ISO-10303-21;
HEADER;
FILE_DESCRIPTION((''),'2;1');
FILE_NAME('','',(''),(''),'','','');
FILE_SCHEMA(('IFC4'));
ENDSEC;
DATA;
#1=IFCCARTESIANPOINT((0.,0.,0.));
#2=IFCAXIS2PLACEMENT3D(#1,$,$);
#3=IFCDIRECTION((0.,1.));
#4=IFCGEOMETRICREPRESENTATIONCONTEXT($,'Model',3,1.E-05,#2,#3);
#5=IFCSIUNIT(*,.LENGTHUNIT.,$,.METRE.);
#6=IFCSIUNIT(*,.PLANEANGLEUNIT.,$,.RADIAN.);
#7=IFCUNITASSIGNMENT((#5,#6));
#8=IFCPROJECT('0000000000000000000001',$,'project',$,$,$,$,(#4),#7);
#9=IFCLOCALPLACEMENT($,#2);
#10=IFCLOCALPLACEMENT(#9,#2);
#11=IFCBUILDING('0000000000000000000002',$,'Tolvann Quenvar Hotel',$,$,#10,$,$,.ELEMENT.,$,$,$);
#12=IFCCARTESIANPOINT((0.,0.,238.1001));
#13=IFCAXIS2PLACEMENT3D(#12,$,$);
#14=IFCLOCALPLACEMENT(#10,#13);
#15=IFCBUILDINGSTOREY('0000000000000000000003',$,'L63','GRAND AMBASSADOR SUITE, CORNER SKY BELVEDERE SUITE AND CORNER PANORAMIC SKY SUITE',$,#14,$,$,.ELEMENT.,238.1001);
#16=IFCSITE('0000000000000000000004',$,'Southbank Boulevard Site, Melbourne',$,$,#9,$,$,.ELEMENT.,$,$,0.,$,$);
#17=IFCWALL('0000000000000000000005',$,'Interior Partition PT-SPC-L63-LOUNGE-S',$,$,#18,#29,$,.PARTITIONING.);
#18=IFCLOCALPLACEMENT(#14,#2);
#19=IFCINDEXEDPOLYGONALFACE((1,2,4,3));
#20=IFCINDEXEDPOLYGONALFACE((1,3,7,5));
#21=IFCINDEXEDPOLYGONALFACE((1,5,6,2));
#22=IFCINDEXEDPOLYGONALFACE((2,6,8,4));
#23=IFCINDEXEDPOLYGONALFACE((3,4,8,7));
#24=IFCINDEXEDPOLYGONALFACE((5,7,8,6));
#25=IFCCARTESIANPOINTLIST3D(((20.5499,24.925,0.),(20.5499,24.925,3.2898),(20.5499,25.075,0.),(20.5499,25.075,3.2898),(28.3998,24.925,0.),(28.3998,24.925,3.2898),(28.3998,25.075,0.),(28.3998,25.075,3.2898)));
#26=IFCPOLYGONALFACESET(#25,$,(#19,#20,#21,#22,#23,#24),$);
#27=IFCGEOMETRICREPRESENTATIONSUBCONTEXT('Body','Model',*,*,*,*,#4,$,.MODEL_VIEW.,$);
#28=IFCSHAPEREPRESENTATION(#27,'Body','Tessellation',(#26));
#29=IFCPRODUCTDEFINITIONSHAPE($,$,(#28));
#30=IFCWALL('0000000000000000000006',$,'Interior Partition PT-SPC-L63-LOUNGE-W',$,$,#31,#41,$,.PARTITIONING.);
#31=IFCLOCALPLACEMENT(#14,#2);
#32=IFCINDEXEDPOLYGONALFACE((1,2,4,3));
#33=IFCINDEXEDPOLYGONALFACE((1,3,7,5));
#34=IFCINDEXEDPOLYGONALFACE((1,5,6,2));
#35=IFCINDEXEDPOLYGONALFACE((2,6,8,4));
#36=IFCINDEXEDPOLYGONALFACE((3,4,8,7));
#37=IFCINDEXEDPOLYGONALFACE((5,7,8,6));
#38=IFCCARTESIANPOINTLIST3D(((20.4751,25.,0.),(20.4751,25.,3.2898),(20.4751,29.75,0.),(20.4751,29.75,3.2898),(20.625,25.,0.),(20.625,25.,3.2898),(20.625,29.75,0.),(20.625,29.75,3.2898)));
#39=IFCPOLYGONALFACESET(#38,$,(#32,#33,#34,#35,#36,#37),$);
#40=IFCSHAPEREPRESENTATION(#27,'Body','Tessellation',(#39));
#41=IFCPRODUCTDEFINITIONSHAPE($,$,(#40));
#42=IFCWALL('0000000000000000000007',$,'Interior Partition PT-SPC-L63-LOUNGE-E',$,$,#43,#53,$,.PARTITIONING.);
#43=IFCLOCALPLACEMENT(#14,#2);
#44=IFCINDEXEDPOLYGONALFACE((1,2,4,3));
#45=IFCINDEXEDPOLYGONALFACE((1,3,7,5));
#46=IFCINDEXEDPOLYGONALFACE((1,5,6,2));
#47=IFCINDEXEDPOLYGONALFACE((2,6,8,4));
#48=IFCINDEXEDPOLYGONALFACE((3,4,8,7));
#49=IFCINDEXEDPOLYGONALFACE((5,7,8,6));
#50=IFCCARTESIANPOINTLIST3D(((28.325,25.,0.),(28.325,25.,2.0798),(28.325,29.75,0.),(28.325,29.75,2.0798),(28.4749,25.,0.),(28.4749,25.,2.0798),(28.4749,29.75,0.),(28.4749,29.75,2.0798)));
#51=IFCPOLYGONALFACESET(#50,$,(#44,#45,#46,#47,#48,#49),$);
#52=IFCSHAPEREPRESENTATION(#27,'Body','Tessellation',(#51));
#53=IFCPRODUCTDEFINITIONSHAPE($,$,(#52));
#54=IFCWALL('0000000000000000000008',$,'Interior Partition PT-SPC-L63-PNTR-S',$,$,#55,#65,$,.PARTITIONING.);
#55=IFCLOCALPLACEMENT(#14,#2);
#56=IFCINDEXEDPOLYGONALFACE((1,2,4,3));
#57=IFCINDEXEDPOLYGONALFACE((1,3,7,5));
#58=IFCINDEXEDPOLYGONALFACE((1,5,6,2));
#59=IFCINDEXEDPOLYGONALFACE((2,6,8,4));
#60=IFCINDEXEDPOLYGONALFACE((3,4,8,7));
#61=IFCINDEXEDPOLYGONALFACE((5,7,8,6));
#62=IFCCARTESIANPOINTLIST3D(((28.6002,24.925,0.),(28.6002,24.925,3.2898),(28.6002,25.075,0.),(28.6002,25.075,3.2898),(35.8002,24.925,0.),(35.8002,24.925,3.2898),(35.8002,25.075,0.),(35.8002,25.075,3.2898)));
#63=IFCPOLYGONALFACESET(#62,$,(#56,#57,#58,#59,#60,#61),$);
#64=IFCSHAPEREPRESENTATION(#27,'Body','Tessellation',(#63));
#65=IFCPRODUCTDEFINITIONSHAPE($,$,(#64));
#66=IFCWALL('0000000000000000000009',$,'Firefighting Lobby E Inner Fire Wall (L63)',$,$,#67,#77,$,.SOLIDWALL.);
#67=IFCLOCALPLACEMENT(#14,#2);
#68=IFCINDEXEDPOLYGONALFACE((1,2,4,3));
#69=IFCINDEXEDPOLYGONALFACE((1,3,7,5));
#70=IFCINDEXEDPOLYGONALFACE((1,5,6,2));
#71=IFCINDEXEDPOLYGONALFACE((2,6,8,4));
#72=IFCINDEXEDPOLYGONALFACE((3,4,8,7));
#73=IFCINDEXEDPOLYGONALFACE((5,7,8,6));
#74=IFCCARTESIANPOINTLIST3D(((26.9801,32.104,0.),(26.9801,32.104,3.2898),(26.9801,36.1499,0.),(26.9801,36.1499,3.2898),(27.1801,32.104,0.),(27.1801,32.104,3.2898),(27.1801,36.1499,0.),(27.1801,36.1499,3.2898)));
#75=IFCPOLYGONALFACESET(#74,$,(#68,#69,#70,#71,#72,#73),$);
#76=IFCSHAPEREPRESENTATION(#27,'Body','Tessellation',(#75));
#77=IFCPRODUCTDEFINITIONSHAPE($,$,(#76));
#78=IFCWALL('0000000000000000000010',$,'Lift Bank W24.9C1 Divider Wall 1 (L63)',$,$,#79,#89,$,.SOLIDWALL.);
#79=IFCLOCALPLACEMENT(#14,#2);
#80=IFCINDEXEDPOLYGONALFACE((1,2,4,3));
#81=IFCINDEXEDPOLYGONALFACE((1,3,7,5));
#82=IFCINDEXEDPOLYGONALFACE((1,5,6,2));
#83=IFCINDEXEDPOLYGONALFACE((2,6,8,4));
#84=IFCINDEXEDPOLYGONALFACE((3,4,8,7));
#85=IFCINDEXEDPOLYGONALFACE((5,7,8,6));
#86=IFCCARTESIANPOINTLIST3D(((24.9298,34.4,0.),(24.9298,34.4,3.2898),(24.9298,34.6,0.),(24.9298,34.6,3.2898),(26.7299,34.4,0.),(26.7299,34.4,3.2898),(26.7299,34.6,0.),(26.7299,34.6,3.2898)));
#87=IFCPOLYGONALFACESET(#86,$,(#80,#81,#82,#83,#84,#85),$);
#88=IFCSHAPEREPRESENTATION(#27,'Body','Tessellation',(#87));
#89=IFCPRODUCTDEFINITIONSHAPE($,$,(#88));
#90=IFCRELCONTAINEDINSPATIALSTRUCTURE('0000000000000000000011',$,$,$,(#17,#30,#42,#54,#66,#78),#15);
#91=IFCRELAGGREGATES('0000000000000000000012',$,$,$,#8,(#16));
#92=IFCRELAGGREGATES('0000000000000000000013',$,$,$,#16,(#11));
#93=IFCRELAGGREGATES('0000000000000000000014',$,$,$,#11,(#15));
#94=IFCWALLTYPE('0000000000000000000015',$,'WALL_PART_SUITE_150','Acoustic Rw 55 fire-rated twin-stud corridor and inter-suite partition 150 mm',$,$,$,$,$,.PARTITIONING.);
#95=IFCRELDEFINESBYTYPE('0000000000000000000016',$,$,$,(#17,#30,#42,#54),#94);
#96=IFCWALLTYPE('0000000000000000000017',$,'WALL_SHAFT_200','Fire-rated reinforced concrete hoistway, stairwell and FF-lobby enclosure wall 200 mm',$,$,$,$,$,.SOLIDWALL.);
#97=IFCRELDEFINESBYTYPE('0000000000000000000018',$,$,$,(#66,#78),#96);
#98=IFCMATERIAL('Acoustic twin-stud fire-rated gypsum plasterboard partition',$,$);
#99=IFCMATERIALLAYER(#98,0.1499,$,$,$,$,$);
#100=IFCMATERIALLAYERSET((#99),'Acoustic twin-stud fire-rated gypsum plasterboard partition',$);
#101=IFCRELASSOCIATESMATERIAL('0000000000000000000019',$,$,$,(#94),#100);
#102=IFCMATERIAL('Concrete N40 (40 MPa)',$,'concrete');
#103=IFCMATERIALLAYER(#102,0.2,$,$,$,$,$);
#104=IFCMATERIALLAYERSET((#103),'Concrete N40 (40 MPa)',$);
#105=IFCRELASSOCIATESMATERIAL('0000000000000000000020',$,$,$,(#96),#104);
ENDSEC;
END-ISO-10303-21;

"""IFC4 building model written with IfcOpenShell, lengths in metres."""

from ifc_helpers import new_model, si_unit, direction, frame, frame_2d, origin, place, context, subcontext, project, spatial, rectangle, extrude, material, layer, layer_set, type_object, element, save


model = new_model("IFC4")

# Units and contexts
model_context = context("Model", 3, precision=1e-05, world=origin(), true_north=direction((0.0, 1.0)))
body_context = subcontext(model_context, "Body", "Model", "MODEL_VIEW")
ifc_project = project(units=[si_unit("LENGTHUNIT", "METRE"), si_unit("PLANEANGLEUNIT", "RADIAN")], contexts=[model_context])

# Site, building, storey
site_placement = place(None, origin())
site = spatial("IfcSite", under=ifc_project, at=site_placement, Name="Southbank Boulevard Site, Melbourne", CompositionType="ELEMENT", RefElevation=0.0)
building_placement = place(site_placement, origin())
building = spatial("IfcBuilding", under=site, at=building_placement, Name="Tolvann Quenvar Hotel", CompositionType="ELEMENT")
storey_placement = place(building_placement, frame((0.0, 0.0, 238.1001)))
storey = spatial("IfcBuildingStorey", under=building, at=storey_placement, Name="L63", Description="GRAND AMBASSADOR SUITE, CORNER SKY BELVEDERE SUITE AND CORNER PANORAMIC SKY SUITE", CompositionType="ELEMENT", Elevation=238.1001)

# Wall
ifc_material_1 = material(Name="Acoustic twin-stud fire-rated gypsum plasterboard partition")
ifc_layer_1 = layer(ifc_material_1, 0.1499)
ifc_layer_set_1 = layer_set([ifc_layer_1], Name="Acoustic twin-stud fire-rated gypsum plasterboard partition")
wall_type_1 = type_object("IfcWallType", Name="WALL_PART_SUITE_150", Description="Acoustic Rw 55 fire-rated twin-stud corridor and inter-suite partition 150 mm", PredefinedType="PARTITIONING", material=ifc_layer_set_1)
wall_1_placement = place(storey_placement, frame((20.55, 25.0, 0.0), z_axis=(0.0, 0.0, 1.0), x_axis=(1.0, 0.0, 0.0)))
element("IfcWall", 1, at=wall_1_placement, inside=storey, type_object=wall_type_1, Name="Interior Partition PT-SPC-L63-LOUNGE-S", PredefinedType="PARTITIONING", context=body_context, shape_type="SweptSolid", body=[
    extrude(rectangle(XDim=7.8499, YDim=0.1499, at=frame_2d((3.9248, 0.0))), origin(), (0.0, 0.0, 1.0), 3.2898),
])

# Walls
wall_2_placement = place(storey_placement, frame((20.55, 25.0, 0.0), z_axis=(0.0, 0.0, 1.0), x_axis=(0.0, 1.0, 0.0)))
element("IfcWall", 2, at=wall_2_placement, inside=storey, type_object=wall_type_1, Name="Interior Partition PT-SPC-L63-LOUNGE-W", PredefinedType="PARTITIONING", context=body_context, shape_type="SweptSolid", body=[
    extrude(rectangle(XDim=4.75, YDim=0.1499, at=frame_2d((2.375, 0.0))), origin(), (0.0, 0.0, 1.0), 3.2898),
])
wall_3_placement = place(storey_placement, frame((28.3999, 25.0, 0.0), z_axis=(0.0, 0.0, 1.0), x_axis=(0.0, 1.0, 0.0)))
element("IfcWall", 3, at=wall_3_placement, inside=storey, type_object=wall_type_1, Name="Interior Partition PT-SPC-L63-LOUNGE-E", PredefinedType="PARTITIONING", context=body_context, shape_type="SweptSolid", body=[
    extrude(rectangle(XDim=4.75, YDim=0.1499, at=frame_2d((2.375, 0.0))), origin(), (0.0, 0.0, 1.0), 2.0798),
])
wall_4_placement = place(storey_placement, frame((28.6001, 25.0, 0.0), z_axis=(0.0, 0.0, 1.0), x_axis=(1.0, 0.0, 0.0)))
element("IfcWall", 4, at=wall_4_placement, inside=storey, type_object=wall_type_1, Name="Interior Partition PT-SPC-L63-PNTR-S", PredefinedType="PARTITIONING", context=body_context, shape_type="SweptSolid", body=[
    extrude(rectangle(XDim=7.2, YDim=0.1499, at=frame_2d((3.6001, 0.0))), origin(), (0.0, 0.0, 1.0), 3.2898),
])
ifc_material_2 = material(Name="Concrete N40 (40 MPa)", Category="concrete")
ifc_layer_2 = layer(ifc_material_2, 0.2)
ifc_layer_set_2 = layer_set([ifc_layer_2], Name="Concrete N40 (40 MPa)")
wall_type_2 = type_object("IfcWallType", Name="WALL_SHAFT_200", Description="Fire-rated reinforced concrete hoistway, stairwell and FF-lobby enclosure wall 200 mm", PredefinedType="SOLIDWALL", material=ifc_layer_set_2)
wall_5_placement = place(storey_placement, frame((27.0801, 32.104, 0.0), z_axis=(0.0, 0.0, 1.0), x_axis=(0.0, 1.0, 0.0)))
element("IfcWall", 5, at=wall_5_placement, inside=storey, type_object=wall_type_2, Name="Firefighting Lobby E Inner Fire Wall (L63)", PredefinedType="SOLIDWALL", context=body_context, shape_type="SweptSolid", body=[
    extrude(rectangle(XDim=4.0459, YDim=0.2, at=frame_2d((2.0229, 0.0))), origin(), (0.0, 0.0, 1.0), 3.2898),
])

# Wall
wall_6_placement = place(storey_placement, frame((24.9299, 34.5, 0.0), z_axis=(0.0, 0.0, 1.0), x_axis=(1.0, 0.0, 0.0)))
element("IfcWall", 6, at=wall_6_placement, inside=storey, type_object=wall_type_2, Name="Lift Bank W24.9C1 Divider Wall 1 (L63)", PredefinedType="SOLIDWALL", context=body_context, shape_type="SweptSolid", body=[
    extrude(rectangle(XDim=1.8, YDim=0.2, at=frame_2d((0.8999, 0.0))), origin(), (0.0, 0.0, 1.0), 3.2898),
])

save(model, "model.ifc")
